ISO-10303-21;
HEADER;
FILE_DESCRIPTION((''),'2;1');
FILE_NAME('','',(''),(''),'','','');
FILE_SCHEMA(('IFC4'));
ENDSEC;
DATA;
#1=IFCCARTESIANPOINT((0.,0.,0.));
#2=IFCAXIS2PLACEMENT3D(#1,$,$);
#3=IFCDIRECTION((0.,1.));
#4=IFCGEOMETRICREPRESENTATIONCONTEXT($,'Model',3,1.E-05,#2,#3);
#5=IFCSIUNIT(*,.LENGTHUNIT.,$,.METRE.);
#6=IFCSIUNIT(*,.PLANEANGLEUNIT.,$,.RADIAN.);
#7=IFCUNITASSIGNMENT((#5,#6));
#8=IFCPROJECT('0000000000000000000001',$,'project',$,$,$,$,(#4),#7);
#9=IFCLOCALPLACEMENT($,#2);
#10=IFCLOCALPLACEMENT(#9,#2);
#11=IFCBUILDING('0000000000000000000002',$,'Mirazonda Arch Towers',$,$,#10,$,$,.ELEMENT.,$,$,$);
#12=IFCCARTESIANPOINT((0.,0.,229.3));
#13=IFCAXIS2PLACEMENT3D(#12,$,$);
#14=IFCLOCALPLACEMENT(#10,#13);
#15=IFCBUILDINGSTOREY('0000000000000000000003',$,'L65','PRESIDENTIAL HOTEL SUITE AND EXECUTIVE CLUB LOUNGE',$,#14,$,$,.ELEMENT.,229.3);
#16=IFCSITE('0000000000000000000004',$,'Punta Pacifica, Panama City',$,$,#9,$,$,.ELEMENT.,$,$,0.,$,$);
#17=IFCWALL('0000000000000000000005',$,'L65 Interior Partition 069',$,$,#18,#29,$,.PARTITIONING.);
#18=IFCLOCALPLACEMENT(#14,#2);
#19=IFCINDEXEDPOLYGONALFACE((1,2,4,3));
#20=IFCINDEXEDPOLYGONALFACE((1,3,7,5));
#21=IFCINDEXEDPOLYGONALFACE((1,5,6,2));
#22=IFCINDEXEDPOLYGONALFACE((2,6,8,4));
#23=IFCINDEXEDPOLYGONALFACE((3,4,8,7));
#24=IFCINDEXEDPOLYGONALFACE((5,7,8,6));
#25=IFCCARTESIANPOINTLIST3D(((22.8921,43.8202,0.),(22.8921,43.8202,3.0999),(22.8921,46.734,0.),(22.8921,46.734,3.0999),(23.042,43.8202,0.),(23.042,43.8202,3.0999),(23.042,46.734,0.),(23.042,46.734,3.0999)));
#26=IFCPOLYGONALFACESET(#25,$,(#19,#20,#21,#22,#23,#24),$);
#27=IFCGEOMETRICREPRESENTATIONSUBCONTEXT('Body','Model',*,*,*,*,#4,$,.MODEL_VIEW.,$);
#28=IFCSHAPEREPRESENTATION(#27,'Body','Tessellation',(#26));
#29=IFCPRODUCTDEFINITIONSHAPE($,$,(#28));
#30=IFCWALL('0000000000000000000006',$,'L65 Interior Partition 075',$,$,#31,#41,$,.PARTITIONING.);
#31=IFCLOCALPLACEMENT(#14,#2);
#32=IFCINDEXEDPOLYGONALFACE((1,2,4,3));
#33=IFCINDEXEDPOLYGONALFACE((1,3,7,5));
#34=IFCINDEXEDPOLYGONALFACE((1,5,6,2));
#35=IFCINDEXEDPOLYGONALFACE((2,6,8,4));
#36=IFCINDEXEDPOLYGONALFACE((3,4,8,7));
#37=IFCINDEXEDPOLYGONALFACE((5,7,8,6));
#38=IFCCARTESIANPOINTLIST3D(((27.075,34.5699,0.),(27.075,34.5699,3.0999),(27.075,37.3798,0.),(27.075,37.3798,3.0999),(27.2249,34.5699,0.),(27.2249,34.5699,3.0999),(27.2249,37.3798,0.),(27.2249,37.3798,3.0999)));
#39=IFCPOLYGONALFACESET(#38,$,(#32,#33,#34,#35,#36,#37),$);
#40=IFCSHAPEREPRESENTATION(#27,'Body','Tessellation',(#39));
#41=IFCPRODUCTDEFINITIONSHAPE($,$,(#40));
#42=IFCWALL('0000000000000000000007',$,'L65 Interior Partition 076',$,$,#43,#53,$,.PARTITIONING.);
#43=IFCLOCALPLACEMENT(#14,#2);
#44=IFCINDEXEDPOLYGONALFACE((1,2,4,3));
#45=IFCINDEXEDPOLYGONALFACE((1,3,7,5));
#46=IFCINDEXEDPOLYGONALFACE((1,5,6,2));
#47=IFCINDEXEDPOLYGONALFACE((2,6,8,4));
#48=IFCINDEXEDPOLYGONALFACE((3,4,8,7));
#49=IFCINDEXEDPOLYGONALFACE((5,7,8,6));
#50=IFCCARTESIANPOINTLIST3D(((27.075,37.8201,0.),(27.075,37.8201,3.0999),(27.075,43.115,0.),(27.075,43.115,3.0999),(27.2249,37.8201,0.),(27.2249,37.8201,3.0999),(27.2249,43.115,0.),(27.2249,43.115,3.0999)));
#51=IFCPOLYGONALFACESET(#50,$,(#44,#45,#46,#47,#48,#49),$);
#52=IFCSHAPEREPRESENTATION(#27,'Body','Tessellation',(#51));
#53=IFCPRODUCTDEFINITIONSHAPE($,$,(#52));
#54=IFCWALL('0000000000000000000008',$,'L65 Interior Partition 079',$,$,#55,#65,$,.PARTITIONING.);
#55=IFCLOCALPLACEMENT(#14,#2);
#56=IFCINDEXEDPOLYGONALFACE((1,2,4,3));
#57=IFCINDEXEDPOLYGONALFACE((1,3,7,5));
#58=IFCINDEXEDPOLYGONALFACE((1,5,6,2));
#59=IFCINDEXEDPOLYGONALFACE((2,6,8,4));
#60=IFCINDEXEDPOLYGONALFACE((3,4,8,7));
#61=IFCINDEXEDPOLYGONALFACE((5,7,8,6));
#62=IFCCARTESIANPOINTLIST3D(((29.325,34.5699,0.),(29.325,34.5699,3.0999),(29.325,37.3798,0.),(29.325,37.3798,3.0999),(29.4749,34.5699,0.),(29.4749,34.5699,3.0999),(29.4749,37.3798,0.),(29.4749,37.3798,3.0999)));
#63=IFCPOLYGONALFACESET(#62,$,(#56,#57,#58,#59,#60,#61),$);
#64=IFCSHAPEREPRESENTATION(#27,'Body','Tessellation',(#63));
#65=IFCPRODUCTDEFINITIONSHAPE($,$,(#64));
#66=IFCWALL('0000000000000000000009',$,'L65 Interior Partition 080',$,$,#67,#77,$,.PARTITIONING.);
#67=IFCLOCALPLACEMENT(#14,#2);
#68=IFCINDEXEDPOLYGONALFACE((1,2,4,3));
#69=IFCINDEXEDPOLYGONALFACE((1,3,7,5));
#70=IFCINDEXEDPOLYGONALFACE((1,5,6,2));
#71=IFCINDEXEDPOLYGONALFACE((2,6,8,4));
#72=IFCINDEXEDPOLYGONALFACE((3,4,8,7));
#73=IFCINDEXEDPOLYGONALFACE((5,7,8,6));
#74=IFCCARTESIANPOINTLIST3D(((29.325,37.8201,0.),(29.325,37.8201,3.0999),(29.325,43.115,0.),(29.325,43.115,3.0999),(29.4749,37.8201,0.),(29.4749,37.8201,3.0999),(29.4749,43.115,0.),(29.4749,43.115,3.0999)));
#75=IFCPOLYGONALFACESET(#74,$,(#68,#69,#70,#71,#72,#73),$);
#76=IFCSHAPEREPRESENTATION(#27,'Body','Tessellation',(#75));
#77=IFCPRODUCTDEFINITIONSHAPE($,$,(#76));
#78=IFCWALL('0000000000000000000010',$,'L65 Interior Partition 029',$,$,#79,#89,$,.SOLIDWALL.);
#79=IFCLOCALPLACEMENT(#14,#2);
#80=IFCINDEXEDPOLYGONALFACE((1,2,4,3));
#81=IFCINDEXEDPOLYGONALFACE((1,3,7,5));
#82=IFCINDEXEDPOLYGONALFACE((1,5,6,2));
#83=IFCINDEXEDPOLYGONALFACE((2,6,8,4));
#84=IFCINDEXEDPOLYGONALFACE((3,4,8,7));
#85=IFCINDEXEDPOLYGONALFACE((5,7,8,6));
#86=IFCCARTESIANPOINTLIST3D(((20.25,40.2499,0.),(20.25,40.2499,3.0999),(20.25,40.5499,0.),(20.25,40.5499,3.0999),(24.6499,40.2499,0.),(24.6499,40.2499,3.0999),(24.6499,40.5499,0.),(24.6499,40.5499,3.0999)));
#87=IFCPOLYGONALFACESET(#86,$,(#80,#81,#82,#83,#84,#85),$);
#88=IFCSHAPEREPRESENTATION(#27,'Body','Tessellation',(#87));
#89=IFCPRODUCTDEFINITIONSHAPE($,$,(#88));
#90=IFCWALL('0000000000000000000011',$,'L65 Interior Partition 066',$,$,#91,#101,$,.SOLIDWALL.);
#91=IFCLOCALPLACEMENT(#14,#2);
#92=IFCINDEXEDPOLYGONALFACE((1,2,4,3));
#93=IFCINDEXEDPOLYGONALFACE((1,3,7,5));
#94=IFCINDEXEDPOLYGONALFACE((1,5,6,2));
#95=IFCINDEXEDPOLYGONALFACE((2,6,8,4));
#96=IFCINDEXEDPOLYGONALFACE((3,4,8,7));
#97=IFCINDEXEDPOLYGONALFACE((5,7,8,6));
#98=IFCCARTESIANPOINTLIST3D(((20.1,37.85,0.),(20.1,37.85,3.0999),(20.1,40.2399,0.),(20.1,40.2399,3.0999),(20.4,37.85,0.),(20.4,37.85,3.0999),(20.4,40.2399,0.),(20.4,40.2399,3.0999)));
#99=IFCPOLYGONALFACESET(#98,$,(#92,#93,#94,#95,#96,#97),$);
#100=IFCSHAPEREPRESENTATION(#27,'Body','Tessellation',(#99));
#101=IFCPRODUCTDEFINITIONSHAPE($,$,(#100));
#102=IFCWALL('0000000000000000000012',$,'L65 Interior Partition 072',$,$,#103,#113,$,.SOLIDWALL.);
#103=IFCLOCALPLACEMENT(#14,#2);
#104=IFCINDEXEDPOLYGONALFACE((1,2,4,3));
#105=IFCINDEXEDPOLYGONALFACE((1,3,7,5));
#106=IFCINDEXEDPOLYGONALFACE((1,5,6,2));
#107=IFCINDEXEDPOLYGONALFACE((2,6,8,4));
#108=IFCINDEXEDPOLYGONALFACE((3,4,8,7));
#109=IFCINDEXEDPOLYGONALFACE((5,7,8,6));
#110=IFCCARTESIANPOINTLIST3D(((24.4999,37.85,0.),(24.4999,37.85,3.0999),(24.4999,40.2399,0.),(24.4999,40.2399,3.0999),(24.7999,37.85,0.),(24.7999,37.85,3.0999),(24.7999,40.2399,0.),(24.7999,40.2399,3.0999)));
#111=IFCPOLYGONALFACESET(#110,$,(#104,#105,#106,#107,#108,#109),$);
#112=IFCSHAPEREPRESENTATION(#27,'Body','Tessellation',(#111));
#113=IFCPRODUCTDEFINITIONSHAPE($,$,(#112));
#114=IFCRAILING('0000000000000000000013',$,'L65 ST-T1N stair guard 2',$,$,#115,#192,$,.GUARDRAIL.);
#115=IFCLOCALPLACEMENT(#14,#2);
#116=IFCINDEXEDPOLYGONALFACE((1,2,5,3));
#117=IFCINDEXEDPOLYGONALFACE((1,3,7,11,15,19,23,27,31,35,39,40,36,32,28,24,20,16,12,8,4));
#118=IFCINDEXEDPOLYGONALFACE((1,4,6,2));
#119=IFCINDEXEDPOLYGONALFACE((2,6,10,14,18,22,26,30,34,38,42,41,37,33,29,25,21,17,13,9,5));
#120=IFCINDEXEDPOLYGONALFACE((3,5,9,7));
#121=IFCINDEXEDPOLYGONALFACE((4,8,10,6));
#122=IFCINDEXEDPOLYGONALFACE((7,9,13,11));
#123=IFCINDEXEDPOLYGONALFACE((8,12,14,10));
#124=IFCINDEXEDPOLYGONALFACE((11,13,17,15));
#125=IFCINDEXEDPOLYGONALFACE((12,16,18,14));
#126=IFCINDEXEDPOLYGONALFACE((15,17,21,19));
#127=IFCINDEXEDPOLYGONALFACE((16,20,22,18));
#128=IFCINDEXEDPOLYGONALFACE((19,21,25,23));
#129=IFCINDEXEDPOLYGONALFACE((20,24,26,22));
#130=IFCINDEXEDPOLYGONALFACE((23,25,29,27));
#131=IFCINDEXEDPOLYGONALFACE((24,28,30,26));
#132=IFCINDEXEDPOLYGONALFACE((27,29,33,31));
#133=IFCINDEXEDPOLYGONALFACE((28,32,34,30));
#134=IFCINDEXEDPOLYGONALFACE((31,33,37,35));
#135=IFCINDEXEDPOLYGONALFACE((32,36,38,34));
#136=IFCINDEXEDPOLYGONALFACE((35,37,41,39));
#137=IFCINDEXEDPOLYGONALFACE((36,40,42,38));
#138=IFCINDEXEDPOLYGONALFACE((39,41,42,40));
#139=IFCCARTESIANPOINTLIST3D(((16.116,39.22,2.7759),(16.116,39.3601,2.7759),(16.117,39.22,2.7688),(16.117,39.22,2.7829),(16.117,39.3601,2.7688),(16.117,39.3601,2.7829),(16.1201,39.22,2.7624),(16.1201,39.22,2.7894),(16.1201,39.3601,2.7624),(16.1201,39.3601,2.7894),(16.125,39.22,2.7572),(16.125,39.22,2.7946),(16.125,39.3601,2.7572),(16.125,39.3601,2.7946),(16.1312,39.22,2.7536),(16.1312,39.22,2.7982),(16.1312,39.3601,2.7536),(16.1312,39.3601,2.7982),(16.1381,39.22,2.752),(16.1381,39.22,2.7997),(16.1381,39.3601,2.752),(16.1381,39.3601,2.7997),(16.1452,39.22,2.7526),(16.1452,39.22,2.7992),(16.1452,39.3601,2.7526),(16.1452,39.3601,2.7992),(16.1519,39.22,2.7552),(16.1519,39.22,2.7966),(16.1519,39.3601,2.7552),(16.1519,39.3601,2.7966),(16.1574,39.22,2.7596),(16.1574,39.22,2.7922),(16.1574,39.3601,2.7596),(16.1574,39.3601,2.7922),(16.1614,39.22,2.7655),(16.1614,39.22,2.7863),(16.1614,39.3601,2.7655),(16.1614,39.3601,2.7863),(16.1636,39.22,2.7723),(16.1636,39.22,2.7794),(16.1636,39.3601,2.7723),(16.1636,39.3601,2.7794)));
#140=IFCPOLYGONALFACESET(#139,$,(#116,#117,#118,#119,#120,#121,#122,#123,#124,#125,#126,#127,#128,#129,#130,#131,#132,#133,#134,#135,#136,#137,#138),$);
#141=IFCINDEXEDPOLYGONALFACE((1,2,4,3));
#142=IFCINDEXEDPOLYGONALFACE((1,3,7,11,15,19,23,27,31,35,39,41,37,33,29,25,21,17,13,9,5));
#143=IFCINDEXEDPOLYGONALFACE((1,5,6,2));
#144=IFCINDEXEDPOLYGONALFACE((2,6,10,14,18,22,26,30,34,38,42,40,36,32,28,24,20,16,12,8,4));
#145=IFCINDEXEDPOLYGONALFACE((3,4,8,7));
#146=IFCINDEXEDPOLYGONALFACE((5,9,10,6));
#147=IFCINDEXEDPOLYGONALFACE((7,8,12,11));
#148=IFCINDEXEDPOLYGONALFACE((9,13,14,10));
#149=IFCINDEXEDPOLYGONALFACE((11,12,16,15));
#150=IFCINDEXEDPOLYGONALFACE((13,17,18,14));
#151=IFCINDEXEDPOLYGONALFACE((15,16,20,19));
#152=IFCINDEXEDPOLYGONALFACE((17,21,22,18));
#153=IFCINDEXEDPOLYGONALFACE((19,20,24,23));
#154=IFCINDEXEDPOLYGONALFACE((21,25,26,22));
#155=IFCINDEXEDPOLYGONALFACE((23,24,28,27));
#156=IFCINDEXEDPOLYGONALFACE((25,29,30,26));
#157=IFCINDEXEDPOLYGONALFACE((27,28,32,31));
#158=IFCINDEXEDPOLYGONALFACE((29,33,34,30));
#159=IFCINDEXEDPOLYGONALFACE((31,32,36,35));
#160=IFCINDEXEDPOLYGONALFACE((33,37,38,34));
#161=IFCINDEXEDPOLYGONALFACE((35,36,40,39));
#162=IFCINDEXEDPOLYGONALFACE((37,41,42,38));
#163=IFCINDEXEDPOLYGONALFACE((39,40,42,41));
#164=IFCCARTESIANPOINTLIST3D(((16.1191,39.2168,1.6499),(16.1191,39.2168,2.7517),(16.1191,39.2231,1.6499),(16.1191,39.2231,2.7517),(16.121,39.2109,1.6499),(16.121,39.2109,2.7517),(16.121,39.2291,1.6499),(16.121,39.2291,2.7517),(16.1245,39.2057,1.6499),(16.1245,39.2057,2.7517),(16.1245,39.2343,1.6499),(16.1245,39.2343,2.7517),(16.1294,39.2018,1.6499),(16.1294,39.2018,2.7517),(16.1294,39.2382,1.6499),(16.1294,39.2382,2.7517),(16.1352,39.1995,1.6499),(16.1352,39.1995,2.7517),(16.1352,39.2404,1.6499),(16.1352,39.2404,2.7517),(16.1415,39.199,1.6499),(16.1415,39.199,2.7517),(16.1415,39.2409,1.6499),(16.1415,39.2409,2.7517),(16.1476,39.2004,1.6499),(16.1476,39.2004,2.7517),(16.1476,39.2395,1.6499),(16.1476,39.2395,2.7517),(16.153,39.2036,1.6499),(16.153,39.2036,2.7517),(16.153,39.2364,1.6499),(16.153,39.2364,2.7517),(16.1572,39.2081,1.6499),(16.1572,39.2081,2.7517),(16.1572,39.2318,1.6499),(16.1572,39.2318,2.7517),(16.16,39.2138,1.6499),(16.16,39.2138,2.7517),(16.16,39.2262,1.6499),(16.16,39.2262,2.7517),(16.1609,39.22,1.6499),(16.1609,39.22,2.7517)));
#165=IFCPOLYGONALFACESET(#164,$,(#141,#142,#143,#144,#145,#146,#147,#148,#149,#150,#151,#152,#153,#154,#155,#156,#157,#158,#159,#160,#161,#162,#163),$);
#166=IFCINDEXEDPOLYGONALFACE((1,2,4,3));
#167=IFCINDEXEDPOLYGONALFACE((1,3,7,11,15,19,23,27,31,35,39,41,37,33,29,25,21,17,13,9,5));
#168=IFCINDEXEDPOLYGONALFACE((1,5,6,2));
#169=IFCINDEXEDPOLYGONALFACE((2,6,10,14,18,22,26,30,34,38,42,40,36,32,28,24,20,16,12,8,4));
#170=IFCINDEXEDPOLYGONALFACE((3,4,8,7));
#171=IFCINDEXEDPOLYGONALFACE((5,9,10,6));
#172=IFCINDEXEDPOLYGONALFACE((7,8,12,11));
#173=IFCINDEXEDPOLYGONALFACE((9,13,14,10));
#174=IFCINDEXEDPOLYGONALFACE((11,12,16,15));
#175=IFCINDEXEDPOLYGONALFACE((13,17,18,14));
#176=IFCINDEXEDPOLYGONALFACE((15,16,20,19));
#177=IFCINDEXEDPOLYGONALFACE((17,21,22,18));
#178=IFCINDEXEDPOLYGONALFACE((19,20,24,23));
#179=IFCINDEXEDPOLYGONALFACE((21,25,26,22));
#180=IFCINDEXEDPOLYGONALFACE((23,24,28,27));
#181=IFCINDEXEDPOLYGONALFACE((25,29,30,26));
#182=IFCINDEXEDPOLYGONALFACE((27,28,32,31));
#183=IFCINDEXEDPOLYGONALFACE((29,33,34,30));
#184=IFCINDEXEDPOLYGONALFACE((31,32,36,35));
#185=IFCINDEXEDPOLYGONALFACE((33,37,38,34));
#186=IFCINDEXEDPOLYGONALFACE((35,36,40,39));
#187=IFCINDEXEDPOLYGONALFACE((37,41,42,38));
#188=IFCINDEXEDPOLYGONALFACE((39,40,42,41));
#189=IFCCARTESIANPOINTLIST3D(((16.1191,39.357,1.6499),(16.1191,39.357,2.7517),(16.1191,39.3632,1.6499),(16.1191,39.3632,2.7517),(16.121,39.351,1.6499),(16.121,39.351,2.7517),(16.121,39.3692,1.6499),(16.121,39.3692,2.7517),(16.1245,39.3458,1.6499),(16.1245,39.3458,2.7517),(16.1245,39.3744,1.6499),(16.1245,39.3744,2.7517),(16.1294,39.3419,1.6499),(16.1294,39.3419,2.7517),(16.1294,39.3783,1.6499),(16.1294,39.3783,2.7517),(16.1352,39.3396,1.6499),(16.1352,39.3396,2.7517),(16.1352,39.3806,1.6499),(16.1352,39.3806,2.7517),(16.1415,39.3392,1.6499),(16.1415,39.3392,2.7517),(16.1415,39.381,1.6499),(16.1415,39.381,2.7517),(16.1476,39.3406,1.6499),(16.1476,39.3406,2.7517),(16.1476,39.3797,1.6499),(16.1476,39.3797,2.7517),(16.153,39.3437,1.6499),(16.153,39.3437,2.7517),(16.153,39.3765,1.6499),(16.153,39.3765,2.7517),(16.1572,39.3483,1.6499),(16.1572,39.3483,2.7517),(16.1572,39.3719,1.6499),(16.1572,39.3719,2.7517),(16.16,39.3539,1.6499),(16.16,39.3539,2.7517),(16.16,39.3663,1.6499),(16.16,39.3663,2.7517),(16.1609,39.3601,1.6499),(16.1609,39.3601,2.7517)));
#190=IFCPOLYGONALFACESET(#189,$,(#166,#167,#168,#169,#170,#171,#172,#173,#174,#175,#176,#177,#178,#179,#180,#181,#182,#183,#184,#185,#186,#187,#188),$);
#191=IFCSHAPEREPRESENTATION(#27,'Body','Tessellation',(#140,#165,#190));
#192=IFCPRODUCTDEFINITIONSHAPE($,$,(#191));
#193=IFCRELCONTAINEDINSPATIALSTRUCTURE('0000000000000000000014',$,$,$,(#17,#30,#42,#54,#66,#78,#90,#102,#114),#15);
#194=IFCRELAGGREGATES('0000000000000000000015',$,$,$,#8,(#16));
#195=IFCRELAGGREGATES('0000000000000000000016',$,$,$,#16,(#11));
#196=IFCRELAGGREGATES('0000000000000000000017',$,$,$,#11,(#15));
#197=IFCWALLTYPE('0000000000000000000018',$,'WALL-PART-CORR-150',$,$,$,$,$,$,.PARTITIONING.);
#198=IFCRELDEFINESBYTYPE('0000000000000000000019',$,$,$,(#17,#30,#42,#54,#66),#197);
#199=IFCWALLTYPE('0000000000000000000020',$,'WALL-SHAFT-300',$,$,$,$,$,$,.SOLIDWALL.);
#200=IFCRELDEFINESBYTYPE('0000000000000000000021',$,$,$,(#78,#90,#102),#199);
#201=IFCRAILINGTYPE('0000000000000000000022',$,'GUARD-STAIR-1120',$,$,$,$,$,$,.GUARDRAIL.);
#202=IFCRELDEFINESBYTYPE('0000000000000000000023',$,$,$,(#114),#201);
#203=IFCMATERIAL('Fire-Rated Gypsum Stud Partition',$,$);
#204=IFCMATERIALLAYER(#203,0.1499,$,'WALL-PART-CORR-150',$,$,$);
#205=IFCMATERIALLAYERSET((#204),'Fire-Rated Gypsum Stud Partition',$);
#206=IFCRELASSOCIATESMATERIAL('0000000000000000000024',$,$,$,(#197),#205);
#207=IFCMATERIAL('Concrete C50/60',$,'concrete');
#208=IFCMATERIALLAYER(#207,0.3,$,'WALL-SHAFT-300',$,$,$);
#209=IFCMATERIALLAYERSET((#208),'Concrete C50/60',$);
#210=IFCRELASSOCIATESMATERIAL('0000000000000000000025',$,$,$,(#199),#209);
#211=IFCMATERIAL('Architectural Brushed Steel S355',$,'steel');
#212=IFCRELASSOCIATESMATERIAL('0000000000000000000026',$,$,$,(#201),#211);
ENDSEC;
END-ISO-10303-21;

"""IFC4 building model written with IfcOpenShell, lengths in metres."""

from ifc_helpers import new_model, si_unit, direction, frame, frame_2d, origin, origin_2d, place, context, subcontext, project, spatial, rectangle, circle, extrude, material, layer, layer_set, type_object, element, save


model = new_model("IFC4")

# Units and contexts
model_context = context("Model", 3, precision=1e-05, world=origin(), true_north=direction((0.0, 1.0)))
body_context = subcontext(model_context, "Body", "Model", "MODEL_VIEW")
ifc_project = project(units=[si_unit("LENGTHUNIT", "METRE"), si_unit("PLANEANGLEUNIT", "RADIAN")], contexts=[model_context])

# Site, building, storey
site_placement = place(None, origin())
site = spatial("IfcSite", under=ifc_project, at=site_placement, Name="Punta Pacifica, Panama City", CompositionType="ELEMENT", RefElevation=0.0)
building_placement = place(site_placement, origin())
building = spatial("IfcBuilding", under=site, at=building_placement, Name="Mirazonda Arch Towers", CompositionType="ELEMENT")
storey_placement = place(building_placement, frame((0.0, 0.0, 229.3)))
storey = spatial("IfcBuildingStorey", under=building, at=storey_placement, Name="L65", Description="PRESIDENTIAL HOTEL SUITE AND EXECUTIVE CLUB LOUNGE", CompositionType="ELEMENT", Elevation=229.3)

# Shared definitions
ifc_material_1 = material(Name="Concrete C50/60", Category="concrete")

# Walls
ifc_material_2 = material(Name="Fire-Rated Gypsum Stud Partition")
ifc_layer_1 = layer(ifc_material_2, 0.1499, Name="WALL-PART-CORR-150")
ifc_layer_set_1 = layer_set([ifc_layer_1], Name="Fire-Rated Gypsum Stud Partition")
wall_type_1 = type_object("IfcWallType", Name="WALL-PART-CORR-150", PredefinedType="PARTITIONING", material=ifc_layer_set_1)
wall_1_placement = place(storey_placement, frame((22.967, 43.8201, 0.0), z_axis=(0.0, 0.0, 1.0), x_axis=(0.0, 1.0, 0.0)))
element("IfcWall", 1, at=wall_1_placement, inside=storey, type_object=wall_type_1, Name="L65 Interior Partition 069", PredefinedType="PARTITIONING", context=body_context, shape_type="SweptSolid", body=[
    extrude(rectangle(XDim=2.9138, YDim=0.1499, at=frame_2d((1.457, 0.0))), origin(), (0.0, 0.0, 1.0), 3.0999),
])
wall_2_placement = place(storey_placement, frame((27.1499, 34.5701, 0.0), z_axis=(0.0, 0.0, 1.0), x_axis=(0.0, 1.0, 0.0)))
element("IfcWall", 2, at=wall_2_placement, inside=storey, type_object=wall_type_1, Name="L65 Interior Partition 075", PredefinedType="PARTITIONING", context=body_context, shape_type="SweptSolid", body=[
    extrude(rectangle(XDim=2.8098, YDim=0.1499, at=frame_2d((1.4048, 0.0))), origin(), (0.0, 0.0, 1.0), 3.0999),
])
wall_3_placement = place(storey_placement, frame((27.1499, 37.8201, 0.0), z_axis=(0.0, 0.0, 1.0), x_axis=(0.0, 1.0, 0.0)))
element("IfcWall", 3, at=wall_3_placement, inside=storey, type_object=wall_type_1, Name="L65 Interior Partition 076", PredefinedType="PARTITIONING", context=body_context, shape_type="SweptSolid", body=[
    extrude(rectangle(XDim=5.2949, YDim=0.1499, at=frame_2d((2.6475, 0.0))), origin(), (0.0, 0.0, 1.0), 3.0999),
])
wall_4_placement = place(storey_placement, frame((29.3999, 34.5701, 0.0), z_axis=(0.0, 0.0, 1.0), x_axis=(0.0, 1.0, 0.0)))
element("IfcWall", 4, at=wall_4_placement, inside=storey, type_object=wall_type_1, Name="L65 Interior Partition 079", PredefinedType="PARTITIONING", context=body_context, shape_type="SweptSolid", body=[
    extrude(rectangle(XDim=2.8098, YDim=0.1499, at=frame_2d((1.4048, 0.0))), origin(), (0.0, 0.0, 1.0), 3.0999),
])
wall_5_placement = place(storey_placement, frame((29.3999, 37.8201, 0.0), z_axis=(0.0, 0.0, 1.0), x_axis=(0.0, 1.0, 0.0)))
element("IfcWall", 5, at=wall_5_placement, inside=storey, type_object=wall_type_1, Name="L65 Interior Partition 080", PredefinedType="PARTITIONING", context=body_context, shape_type="SweptSolid", body=[
    extrude(rectangle(XDim=5.2949, YDim=0.1499, at=frame_2d((2.6475, 0.0))), origin(), (0.0, 0.0, 1.0), 3.0999),
])
ifc_layer_2 = layer(ifc_material_1, 0.3, Name="WALL-SHAFT-300")
ifc_layer_set_2 = layer_set([ifc_layer_2], Name="Concrete C50/60")
wall_type_2 = type_object("IfcWallType", Name="WALL-SHAFT-300", PredefinedType="SOLIDWALL", material=ifc_layer_set_2)
wall_6_placement = place(storey_placement, frame((20.25, 40.3999, 0.0), z_axis=(0.0, 0.0, 1.0), x_axis=(1.0, 0.0, 0.0)))
element("IfcWall", 6, at=wall_6_placement, inside=storey, type_object=wall_type_2, Name="L65 Interior Partition 029", PredefinedType="SOLIDWALL", context=body_context, shape_type="SweptSolid", body=[
    extrude(rectangle(XDim=4.3999, YDim=0.3, at=frame_2d((2.2, 0.0))), origin(), (0.0, 0.0, 1.0), 3.0999),
])
for number, where, z_axis, x_axis, name in (
    (7, (20.25, 37.8501, 0.0), (0.0, 0.0, 1.0), (0.0, 1.0, 0.0), "L65 Interior Partition 066"),
    (8, (24.6499, 37.8501, 0.0), (0.0, 0.0, 1.0), (0.0, 1.0, 0.0), "L65 Interior Partition 072"),
):
    element("IfcWall", number, at=place(storey_placement, frame(where, z_axis=z_axis, x_axis=x_axis)), inside=storey, type_object=wall_type_2, Name=name, PredefinedType="SOLIDWALL", context=body_context, shape_type="SweptSolid", body=[
        extrude(rectangle(XDim=2.3899, YDim=0.3, at=frame_2d((1.1948, 0.0))), origin(), (0.0, 0.0, 1.0), 3.0999),
    ])

# Railing
ifc_material_3 = material(Name="Architectural Brushed Steel S355", Category="steel")
railing_type = type_object("IfcRailingType", Name="GUARD-STAIR-1120", PredefinedType="GUARDRAIL", material=ifc_material_3)
railing_placement = place(storey_placement, frame((16.1399, 39.22, 1.6499)))
element("IfcRailing", 9, at=railing_placement, inside=storey, type_object=railing_type, Name="L65 ST-T1N stair guard 2", PredefinedType="GUARDRAIL", context=body_context, shape_type="SweptSolid", body=[
    extrude(circle(Radius=0.0239, at=origin_2d()), frame((0.0, 0.0, 1.126), z_axis=(0.0, 1.0, 0.0), x_axis=(-1.0, 0.0, 0.0)), (0.0, 0.0, 1.0), 0.1401),
    extrude(circle(Radius=0.021, at=origin_2d()), origin(), (0.0, 0.0, 1.0), 1.1018),
    extrude(circle(Radius=0.021, at=origin_2d()), frame((0.0, 0.1401, 0.0)), (0.0, 0.0, 1.0), 1.1018),
])

save(model, "model.ifc")
